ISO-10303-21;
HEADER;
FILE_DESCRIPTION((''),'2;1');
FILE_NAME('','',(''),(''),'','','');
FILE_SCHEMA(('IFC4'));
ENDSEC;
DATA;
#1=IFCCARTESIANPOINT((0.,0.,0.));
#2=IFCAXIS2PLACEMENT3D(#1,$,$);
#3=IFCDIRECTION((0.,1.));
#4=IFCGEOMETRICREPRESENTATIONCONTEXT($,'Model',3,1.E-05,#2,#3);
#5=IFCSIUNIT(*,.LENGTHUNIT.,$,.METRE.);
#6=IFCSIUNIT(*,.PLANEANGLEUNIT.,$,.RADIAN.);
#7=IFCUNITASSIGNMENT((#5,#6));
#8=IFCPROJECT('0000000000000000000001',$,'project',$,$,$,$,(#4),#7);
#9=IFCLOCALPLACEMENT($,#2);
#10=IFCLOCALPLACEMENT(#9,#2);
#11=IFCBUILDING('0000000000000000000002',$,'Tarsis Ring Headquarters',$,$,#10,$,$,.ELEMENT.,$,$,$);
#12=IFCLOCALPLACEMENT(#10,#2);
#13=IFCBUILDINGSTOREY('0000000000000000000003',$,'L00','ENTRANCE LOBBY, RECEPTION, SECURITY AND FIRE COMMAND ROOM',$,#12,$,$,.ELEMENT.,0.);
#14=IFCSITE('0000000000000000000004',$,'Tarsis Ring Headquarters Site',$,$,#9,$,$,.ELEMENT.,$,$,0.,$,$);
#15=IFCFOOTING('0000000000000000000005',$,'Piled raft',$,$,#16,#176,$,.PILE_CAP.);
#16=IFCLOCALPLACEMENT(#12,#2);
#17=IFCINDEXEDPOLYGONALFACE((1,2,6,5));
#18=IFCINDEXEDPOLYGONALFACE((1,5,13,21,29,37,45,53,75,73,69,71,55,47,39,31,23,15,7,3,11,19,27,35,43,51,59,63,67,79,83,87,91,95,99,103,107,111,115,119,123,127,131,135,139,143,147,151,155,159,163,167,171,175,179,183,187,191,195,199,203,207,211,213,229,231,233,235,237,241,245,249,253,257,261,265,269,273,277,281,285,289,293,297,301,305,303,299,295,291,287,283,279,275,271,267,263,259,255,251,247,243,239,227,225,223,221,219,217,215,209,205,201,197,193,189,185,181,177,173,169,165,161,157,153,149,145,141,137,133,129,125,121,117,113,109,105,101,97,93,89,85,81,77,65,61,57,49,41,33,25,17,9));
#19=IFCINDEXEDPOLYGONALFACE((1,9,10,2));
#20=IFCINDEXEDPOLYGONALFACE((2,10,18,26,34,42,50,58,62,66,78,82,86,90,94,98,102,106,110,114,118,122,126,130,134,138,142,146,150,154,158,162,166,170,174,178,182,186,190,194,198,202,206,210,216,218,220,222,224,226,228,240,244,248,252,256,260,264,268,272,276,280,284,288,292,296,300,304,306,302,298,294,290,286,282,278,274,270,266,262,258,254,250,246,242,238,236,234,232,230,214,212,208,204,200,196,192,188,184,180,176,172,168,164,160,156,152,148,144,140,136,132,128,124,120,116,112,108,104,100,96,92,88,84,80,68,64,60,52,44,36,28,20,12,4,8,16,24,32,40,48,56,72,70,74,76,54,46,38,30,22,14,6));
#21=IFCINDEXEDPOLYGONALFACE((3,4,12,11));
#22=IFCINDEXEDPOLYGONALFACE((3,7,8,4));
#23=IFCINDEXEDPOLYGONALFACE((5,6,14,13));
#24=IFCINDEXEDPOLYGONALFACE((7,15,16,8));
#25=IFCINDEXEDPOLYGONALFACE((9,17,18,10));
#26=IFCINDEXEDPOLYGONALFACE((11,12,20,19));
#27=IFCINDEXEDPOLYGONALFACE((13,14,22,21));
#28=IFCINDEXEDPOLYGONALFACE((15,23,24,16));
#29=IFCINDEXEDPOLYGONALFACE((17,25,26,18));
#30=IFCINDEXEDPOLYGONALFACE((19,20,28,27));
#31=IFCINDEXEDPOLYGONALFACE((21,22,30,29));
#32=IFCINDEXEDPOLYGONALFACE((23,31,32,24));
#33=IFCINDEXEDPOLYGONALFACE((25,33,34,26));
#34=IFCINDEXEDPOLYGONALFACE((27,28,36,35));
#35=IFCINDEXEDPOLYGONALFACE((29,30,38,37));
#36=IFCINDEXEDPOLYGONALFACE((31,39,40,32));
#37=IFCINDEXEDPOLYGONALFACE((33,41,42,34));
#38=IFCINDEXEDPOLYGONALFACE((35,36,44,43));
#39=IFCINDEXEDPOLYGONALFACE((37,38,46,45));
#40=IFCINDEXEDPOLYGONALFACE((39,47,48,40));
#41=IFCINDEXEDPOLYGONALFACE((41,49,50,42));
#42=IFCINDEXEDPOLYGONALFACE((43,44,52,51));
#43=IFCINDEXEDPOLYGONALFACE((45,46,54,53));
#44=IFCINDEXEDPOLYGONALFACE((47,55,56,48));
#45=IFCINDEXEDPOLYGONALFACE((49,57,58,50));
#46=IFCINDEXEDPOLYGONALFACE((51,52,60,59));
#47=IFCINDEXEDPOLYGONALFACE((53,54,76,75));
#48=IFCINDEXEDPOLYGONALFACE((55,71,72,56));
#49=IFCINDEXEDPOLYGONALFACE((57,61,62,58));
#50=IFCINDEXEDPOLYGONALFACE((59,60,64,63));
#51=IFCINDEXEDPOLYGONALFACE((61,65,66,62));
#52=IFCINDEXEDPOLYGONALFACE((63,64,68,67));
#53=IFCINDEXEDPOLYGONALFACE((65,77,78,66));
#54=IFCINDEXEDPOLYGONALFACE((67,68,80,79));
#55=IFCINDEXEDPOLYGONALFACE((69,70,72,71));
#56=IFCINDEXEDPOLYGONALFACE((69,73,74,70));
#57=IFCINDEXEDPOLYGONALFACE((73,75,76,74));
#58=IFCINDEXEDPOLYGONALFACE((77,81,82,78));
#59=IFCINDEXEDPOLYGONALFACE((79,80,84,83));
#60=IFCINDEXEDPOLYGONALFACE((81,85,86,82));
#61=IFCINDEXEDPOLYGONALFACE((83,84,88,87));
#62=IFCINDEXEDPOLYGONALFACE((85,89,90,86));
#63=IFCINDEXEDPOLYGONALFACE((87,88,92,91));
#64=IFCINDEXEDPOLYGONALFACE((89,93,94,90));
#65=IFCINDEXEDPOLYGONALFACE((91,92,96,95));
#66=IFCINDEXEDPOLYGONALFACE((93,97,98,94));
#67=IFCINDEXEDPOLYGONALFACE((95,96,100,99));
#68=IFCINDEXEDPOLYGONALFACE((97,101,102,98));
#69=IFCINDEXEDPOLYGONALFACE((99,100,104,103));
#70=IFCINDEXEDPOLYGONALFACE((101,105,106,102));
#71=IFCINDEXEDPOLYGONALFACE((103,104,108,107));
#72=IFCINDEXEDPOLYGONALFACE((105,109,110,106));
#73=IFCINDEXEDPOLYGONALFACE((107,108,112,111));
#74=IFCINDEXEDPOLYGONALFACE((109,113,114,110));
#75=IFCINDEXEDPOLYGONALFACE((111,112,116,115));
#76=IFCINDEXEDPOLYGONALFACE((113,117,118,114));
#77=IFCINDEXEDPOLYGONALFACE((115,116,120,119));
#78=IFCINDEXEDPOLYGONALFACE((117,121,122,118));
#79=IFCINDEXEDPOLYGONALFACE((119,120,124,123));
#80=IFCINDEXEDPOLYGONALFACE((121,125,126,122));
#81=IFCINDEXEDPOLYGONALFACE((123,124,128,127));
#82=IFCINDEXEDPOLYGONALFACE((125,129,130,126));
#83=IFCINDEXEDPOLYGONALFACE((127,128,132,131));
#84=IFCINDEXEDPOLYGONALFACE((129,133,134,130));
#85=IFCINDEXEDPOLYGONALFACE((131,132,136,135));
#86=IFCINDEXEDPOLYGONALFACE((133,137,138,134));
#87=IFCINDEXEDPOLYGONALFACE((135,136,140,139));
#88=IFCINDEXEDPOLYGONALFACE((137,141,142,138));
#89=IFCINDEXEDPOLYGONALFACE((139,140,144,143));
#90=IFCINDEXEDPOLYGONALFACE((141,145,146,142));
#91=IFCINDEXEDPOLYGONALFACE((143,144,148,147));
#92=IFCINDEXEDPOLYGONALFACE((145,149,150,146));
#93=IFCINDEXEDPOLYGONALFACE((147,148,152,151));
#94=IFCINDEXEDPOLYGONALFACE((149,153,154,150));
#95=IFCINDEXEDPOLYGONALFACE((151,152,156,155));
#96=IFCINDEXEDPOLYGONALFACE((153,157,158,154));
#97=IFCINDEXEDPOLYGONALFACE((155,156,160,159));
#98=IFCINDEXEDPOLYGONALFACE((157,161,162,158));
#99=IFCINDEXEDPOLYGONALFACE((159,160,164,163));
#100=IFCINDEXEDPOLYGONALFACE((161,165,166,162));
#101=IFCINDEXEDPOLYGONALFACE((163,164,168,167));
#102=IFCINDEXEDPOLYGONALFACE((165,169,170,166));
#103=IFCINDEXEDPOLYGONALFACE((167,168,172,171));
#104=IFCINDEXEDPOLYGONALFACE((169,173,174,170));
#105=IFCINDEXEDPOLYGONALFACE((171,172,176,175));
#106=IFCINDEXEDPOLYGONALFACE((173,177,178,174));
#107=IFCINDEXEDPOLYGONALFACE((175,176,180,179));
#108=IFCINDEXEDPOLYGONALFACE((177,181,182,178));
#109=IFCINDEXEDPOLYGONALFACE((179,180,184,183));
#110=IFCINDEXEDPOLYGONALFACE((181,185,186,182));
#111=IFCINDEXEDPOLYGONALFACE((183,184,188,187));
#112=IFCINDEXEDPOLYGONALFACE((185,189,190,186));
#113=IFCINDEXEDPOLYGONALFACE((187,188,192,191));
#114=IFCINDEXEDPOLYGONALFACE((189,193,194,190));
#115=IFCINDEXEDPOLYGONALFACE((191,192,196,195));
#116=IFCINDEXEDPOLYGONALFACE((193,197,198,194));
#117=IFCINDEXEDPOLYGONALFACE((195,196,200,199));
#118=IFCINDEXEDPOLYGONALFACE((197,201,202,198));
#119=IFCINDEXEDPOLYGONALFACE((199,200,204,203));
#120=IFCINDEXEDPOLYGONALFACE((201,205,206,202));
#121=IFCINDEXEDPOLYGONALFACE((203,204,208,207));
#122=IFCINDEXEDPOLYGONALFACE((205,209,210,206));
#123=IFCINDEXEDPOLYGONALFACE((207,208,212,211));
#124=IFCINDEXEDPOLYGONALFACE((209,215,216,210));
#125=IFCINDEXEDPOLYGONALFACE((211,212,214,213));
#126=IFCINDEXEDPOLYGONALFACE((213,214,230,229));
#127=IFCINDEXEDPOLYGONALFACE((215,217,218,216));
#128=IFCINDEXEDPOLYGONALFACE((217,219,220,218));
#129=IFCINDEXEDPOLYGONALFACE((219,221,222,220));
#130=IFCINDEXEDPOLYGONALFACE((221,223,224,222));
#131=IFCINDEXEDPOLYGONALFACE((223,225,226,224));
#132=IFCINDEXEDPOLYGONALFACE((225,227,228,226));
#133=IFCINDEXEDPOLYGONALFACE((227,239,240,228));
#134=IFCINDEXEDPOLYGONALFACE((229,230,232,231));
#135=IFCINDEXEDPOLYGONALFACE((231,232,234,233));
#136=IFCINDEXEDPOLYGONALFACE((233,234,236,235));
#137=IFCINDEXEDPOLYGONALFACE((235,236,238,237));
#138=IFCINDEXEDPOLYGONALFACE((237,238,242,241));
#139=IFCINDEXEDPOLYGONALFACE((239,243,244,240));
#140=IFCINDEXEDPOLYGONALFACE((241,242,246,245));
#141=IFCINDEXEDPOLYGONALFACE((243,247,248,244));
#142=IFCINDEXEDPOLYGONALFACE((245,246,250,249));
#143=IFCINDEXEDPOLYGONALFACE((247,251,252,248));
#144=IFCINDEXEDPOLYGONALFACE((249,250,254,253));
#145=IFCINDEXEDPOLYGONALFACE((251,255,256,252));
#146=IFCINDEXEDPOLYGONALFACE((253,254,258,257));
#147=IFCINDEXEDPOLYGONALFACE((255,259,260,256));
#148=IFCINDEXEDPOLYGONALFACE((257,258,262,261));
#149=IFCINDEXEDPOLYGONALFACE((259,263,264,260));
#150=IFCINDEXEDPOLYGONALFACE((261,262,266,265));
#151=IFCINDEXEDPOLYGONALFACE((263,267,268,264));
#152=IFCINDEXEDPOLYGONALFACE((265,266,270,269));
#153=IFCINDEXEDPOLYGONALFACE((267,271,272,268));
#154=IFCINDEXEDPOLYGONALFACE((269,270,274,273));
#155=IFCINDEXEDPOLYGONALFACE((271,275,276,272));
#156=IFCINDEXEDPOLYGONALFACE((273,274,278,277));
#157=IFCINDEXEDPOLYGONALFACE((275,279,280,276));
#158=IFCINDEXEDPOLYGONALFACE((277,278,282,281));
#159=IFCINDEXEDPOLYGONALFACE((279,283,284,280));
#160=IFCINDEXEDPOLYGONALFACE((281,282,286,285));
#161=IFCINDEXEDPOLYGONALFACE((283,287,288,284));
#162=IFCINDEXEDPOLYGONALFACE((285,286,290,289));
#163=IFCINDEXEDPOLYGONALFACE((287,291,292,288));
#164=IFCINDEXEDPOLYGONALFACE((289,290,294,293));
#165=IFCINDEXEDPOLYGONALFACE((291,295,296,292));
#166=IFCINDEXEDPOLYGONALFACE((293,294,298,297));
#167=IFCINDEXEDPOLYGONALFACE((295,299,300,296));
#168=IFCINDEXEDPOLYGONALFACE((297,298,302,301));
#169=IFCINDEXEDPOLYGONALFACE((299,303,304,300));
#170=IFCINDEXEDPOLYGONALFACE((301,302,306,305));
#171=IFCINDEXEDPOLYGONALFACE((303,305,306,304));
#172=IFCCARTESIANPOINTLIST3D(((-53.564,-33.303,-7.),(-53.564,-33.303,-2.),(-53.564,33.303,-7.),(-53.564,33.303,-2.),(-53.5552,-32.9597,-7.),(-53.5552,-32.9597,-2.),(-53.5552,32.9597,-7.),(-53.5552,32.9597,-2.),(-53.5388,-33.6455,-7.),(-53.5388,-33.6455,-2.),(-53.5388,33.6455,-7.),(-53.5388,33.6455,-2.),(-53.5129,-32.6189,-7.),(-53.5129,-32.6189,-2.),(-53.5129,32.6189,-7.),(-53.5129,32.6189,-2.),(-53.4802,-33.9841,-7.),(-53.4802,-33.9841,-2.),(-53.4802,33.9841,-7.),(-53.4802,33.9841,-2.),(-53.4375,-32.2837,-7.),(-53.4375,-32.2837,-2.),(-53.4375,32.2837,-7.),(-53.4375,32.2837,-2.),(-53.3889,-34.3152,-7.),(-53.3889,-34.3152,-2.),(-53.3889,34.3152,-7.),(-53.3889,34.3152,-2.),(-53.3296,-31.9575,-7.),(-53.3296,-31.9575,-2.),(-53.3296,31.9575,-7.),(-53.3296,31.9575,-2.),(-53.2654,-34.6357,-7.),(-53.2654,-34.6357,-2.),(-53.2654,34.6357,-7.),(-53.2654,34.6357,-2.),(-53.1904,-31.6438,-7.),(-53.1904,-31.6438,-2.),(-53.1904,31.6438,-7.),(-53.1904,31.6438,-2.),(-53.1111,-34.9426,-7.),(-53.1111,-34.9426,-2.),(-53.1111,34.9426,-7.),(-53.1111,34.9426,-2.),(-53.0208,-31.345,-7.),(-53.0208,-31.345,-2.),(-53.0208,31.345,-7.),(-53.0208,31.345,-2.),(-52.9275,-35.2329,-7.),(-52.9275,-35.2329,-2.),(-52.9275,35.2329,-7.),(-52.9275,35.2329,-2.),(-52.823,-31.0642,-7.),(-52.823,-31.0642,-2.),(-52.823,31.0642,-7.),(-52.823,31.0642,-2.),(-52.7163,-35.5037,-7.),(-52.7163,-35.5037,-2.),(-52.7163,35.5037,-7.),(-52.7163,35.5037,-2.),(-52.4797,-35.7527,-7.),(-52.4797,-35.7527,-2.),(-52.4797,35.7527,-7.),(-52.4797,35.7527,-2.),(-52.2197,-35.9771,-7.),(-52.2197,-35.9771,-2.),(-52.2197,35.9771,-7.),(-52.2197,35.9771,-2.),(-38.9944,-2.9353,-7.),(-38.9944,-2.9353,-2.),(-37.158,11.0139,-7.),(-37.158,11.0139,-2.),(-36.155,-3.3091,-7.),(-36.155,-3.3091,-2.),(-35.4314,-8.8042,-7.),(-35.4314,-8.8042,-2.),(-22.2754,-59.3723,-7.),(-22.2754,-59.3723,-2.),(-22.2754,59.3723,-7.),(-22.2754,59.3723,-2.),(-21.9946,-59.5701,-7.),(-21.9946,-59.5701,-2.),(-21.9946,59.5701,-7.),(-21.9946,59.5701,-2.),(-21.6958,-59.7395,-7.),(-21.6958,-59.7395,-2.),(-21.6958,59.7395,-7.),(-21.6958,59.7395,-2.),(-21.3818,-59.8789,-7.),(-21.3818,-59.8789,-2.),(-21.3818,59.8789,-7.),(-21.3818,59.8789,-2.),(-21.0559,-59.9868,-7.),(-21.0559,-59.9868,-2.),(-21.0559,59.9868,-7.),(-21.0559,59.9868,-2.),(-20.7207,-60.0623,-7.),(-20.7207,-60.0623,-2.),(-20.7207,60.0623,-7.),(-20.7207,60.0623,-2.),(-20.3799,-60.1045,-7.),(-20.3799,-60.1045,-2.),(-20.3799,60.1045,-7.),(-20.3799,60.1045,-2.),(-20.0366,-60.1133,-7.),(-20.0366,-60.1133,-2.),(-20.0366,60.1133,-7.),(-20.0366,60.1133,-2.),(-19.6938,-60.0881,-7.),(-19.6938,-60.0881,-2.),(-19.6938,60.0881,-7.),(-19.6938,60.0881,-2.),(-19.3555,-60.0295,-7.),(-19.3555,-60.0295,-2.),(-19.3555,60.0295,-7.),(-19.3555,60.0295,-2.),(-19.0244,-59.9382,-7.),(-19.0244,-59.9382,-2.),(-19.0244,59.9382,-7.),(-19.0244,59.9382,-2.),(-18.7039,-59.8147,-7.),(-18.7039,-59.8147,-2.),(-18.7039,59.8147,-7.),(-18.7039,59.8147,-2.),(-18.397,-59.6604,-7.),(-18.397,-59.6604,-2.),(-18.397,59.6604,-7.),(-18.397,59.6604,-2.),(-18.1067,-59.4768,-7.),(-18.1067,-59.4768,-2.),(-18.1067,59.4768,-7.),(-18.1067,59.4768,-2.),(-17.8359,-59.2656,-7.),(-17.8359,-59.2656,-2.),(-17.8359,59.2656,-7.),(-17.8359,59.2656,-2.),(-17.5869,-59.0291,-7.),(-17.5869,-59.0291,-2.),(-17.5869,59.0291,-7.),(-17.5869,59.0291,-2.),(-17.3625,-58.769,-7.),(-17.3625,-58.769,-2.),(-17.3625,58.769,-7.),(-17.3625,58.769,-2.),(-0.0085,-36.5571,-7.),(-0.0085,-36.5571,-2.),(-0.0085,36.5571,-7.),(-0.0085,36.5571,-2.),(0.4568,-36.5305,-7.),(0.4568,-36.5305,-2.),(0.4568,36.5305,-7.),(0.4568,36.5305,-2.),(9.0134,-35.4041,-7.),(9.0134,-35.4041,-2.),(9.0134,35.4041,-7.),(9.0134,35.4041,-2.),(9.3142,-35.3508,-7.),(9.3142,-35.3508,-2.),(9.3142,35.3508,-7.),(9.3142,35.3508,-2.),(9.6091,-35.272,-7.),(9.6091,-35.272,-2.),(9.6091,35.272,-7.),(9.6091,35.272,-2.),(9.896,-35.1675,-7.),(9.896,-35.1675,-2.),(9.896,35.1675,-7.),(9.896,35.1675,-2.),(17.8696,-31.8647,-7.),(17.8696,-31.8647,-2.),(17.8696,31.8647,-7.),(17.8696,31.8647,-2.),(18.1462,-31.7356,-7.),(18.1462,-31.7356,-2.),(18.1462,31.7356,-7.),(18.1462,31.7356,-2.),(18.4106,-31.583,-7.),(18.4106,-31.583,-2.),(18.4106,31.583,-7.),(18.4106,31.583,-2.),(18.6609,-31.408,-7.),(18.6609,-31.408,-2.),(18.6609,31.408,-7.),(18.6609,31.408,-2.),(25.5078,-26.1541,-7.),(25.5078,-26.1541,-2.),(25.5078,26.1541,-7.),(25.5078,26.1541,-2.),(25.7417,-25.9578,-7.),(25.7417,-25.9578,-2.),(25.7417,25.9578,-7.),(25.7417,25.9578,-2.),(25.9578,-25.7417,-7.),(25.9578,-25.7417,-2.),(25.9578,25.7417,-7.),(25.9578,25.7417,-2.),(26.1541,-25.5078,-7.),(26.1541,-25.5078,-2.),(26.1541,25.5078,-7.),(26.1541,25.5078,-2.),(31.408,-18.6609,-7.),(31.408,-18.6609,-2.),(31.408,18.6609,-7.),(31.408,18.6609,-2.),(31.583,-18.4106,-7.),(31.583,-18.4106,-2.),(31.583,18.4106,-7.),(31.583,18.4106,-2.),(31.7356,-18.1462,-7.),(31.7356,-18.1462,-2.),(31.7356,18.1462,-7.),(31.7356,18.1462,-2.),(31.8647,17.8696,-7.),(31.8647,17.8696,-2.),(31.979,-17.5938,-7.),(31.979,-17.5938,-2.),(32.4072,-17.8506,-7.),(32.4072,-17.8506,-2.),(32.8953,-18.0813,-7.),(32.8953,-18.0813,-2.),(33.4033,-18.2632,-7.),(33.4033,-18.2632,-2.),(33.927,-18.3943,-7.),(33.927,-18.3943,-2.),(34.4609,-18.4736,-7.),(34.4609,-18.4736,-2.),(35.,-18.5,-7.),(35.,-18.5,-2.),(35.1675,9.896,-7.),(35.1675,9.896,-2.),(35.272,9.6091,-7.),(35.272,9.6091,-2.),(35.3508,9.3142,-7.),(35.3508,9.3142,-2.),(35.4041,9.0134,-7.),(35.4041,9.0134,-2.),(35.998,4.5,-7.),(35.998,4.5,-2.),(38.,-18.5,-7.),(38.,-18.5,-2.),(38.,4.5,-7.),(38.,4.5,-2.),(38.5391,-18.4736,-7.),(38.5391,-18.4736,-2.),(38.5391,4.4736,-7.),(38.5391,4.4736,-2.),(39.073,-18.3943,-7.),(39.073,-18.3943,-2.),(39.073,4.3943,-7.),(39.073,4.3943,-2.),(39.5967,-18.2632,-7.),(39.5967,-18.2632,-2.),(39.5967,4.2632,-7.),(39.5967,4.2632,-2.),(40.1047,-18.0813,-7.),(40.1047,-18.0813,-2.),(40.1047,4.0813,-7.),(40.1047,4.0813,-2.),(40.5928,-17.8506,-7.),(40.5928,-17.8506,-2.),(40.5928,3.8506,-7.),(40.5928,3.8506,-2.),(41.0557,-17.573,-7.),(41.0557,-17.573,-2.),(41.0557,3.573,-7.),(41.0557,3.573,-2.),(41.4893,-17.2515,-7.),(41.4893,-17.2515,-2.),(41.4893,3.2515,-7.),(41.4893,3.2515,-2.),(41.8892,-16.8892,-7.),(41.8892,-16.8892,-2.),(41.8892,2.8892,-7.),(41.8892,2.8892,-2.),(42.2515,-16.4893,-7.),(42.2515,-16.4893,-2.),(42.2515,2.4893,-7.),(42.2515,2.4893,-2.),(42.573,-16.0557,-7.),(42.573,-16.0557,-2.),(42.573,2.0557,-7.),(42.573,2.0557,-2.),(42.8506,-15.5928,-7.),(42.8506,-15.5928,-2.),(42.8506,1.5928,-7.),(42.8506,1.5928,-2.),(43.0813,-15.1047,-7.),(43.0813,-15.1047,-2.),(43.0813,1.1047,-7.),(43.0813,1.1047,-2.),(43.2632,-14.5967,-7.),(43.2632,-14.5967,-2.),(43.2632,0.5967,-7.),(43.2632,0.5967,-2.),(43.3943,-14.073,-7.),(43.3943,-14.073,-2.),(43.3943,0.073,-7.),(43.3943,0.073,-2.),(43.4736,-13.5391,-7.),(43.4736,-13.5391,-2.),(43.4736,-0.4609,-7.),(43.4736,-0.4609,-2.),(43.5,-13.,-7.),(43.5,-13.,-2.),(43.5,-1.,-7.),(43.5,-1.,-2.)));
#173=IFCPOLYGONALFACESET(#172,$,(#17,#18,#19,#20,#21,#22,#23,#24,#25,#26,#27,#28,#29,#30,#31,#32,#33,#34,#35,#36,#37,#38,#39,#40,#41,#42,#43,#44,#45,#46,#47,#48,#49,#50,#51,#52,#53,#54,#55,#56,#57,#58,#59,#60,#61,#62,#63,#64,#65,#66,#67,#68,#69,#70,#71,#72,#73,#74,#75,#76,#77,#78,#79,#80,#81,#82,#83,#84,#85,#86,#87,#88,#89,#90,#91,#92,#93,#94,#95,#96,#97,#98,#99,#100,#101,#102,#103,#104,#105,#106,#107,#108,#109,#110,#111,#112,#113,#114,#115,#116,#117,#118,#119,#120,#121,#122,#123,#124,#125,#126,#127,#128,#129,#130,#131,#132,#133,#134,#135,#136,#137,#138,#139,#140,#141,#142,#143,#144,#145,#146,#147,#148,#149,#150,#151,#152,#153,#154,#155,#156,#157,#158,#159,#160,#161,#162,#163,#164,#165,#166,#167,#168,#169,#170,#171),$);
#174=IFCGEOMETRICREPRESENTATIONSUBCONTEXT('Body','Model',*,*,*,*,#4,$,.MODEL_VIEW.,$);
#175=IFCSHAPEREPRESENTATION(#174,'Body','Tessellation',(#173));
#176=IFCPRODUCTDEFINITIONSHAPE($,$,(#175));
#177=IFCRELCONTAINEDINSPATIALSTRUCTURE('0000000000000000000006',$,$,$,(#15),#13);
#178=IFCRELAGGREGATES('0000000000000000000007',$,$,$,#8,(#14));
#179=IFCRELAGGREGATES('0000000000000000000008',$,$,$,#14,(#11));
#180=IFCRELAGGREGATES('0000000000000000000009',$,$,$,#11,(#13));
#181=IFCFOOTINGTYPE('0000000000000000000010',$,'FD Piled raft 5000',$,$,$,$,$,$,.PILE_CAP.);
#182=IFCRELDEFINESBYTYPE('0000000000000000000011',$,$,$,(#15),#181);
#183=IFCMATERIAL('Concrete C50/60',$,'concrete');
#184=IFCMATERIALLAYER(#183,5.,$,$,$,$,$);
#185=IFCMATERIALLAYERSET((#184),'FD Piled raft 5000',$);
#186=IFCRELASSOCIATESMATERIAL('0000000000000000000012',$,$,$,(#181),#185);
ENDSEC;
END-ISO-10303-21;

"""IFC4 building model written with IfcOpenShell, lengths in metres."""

from ifc_helpers import new_model, si_unit, direction, frame, origin, place, context, subcontext, project, spatial, polyline, outline, extrude, material, layer, layer_set, type_object, element, save


model = new_model("IFC4")

# Units and contexts
model_context = context("Model", 3, precision=1e-05, world=origin(), true_north=direction((0.0, 1.0)))
body_context = subcontext(model_context, "Body", "Model", "MODEL_VIEW")
ifc_project = project(units=[si_unit("LENGTHUNIT", "METRE"), si_unit("PLANEANGLEUNIT", "RADIAN")], contexts=[model_context])

# Site, building, storey
site_placement = place(None, origin())
site = spatial("IfcSite", under=ifc_project, at=site_placement, Name="Tarsis Ring Headquarters Site", CompositionType="ELEMENT", RefElevation=0.0)
building_placement = place(site_placement, origin())
building = spatial("IfcBuilding", under=site, at=building_placement, Name="Tarsis Ring Headquarters", CompositionType="ELEMENT")
storey_placement = place(building_placement, origin())
storey = spatial("IfcBuildingStorey", under=building, at=storey_placement, Name="L00", Description="ENTRANCE LOBBY, RECEPTION, SECURITY AND FIRE COMMAND ROOM", CompositionType="ELEMENT", Elevation=0.0)

# Footing
ifc_material_1 = material(Name="Concrete C50/60", Category="concrete")
ifc_layer_1 = layer(ifc_material_1, 5.0)
ifc_layer_set_1 = layer_set([ifc_layer_1], Name="FD Piled raft 5000")
footing_type = type_object("IfcFootingType", Name="FD Piled raft 5000", PredefinedType="PILE_CAP", material=ifc_layer_set_1)
footing_placement = place(storey_placement, frame((0.0, 0.0, -7.0)))
element("IfcFooting", 1, at=footing_placement, inside=storey, type_object=footing_type, Name="Piled raft", PredefinedType="PILE_CAP", context=body_context, shape_type="SweptSolid", body=[
    extrude(outline(polyline([(38.0, -18.5), (38.5391, -18.4736), (39.073, -18.3943), (39.5967, -18.2632), (40.1047, -18.0813), (40.5928, -17.8506), (41.0557, -17.573), (41.4893, -17.2515), (41.8892, -16.8892), (42.2515, -16.4893), (42.573, -16.0557), (42.8506, -15.5928), (43.0813, -15.1047), (43.2632, -14.5967), (43.3943, -14.073), (43.4736, -13.5391), (43.5, -13.0), (43.5, -1.0), (43.4736, -0.4609), (43.3943, 0.073), (43.2632, 0.5967), (43.0813, 1.1047), (42.8506, 1.5928), (42.573, 2.0557), (42.2515, 2.4893), (41.8892, 2.8892), (41.4893, 3.2515), (41.0557, 3.573), (40.5928, 3.8506), (40.1047, 4.0813), (39.5967, 4.2632), (39.073, 4.3943), (38.5391, 4.4736), (38.0, 4.5), (35.998, 4.5), (35.4041, 9.0134), (35.3508, 9.3142), (35.272, 9.6091), (35.1675, 9.896), (31.8647, 17.8696), (31.7356, 18.1462), (31.583, 18.4106), (31.408, 18.6609), (26.1541, 25.5078), (25.9578, 25.7417), (25.7417, 25.9578), (25.5078, 26.1541), (18.6609, 31.408), (18.4106, 31.583), (18.1462, 31.7356), (17.8696, 31.8647), (9.896, 35.1675), (9.6091, 35.272), (9.3142, 35.3508), (9.0134, 35.4041), (0.4568, 36.5305), (-0.0085, 36.5571), (-17.3625, 58.769), (-17.5869, 59.0291), (-17.8359, 59.2656), (-18.1067, 59.4768), (-18.397, 59.6604), (-18.7039, 59.8147), (-19.0244, 59.9382), (-19.3555, 60.0295), (-19.6938, 60.0881), (-20.0366, 60.1133), (-20.3799, 60.1045), (-20.7207, 60.0623), (-21.0559, 59.9868), (-21.3818, 59.8789), (-21.6958, 59.7395), (-21.9946, 59.5701), (-22.2754, 59.3723), (-52.2197, 35.9771), (-52.4797, 35.7527), (-52.7163, 35.5037), (-52.9275, 35.2329), (-53.1111, 34.9426), (-53.2654, 34.6357), (-53.3889, 34.3152), (-53.4802, 33.9841), (-53.5388, 33.6455), (-53.564, 33.303), (-53.5552, 32.9597), (-53.5129, 32.6189), (-53.4375, 32.2837), (-53.3296, 31.9575), (-53.1904, 31.6438), (-53.0208, 31.345), (-52.823, 31.0642), (-37.158, 11.0139), (-38.9944, -2.9353), (-36.155, -3.3091), (-35.4314, -8.8042), (-52.823, -31.0642), (-53.0208, -31.345), (-53.1904, -31.6438), (-53.3296, -31.9575), (-53.4375, -32.2837), (-53.5129, -32.6189), (-53.5552, -32.9597), (-53.564, -33.303), (-53.5388, -33.6455), (-53.4802, -33.9841), (-53.3889, -34.3152), (-53.2654, -34.6357), (-53.1111, -34.9426), (-52.9275, -35.2329), (-52.7163, -35.5037), (-52.4797, -35.7527), (-52.2197, -35.9771), (-22.2754, -59.3723), (-21.9946, -59.5701), (-21.6958, -59.7395), (-21.3818, -59.8789), (-21.0559, -59.9868), (-20.7207, -60.0623), (-20.3799, -60.1045), (-20.0366, -60.1133), (-19.6938, -60.0881), (-19.3555, -60.0295), (-19.0244, -59.9382), (-18.7039, -59.8147), (-18.397, -59.6604), (-18.1067, -59.4768), (-17.8359, -59.2656), (-17.5869, -59.0291), (-17.3625, -58.769), (-0.0085, -36.5571), (0.4568, -36.5305), (9.0134, -35.4041), (9.3142, -35.3508), (9.6091, -35.272), (9.896, -35.1675), (17.8696, -31.8647), (18.1462, -31.7356), (18.4106, -31.583), (18.6609, -31.408), (25.5078, -26.1541), (25.7417, -25.9578), (25.9578, -25.7417), (26.1541, -25.5078), (31.408, -18.6609), (31.583, -18.4106), (31.7356, -18.1462), (31.979, -17.5938), (32.4072, -17.8506), (32.8953, -18.0813), (33.4033, -18.2632), (33.927, -18.3943), (34.4609, -18.4736), (35.0, -18.5), (38.0, -18.5)])), origin(), (0.0, 0.0, 1.0), 5.0),
])

save(model, "model.ifc")
